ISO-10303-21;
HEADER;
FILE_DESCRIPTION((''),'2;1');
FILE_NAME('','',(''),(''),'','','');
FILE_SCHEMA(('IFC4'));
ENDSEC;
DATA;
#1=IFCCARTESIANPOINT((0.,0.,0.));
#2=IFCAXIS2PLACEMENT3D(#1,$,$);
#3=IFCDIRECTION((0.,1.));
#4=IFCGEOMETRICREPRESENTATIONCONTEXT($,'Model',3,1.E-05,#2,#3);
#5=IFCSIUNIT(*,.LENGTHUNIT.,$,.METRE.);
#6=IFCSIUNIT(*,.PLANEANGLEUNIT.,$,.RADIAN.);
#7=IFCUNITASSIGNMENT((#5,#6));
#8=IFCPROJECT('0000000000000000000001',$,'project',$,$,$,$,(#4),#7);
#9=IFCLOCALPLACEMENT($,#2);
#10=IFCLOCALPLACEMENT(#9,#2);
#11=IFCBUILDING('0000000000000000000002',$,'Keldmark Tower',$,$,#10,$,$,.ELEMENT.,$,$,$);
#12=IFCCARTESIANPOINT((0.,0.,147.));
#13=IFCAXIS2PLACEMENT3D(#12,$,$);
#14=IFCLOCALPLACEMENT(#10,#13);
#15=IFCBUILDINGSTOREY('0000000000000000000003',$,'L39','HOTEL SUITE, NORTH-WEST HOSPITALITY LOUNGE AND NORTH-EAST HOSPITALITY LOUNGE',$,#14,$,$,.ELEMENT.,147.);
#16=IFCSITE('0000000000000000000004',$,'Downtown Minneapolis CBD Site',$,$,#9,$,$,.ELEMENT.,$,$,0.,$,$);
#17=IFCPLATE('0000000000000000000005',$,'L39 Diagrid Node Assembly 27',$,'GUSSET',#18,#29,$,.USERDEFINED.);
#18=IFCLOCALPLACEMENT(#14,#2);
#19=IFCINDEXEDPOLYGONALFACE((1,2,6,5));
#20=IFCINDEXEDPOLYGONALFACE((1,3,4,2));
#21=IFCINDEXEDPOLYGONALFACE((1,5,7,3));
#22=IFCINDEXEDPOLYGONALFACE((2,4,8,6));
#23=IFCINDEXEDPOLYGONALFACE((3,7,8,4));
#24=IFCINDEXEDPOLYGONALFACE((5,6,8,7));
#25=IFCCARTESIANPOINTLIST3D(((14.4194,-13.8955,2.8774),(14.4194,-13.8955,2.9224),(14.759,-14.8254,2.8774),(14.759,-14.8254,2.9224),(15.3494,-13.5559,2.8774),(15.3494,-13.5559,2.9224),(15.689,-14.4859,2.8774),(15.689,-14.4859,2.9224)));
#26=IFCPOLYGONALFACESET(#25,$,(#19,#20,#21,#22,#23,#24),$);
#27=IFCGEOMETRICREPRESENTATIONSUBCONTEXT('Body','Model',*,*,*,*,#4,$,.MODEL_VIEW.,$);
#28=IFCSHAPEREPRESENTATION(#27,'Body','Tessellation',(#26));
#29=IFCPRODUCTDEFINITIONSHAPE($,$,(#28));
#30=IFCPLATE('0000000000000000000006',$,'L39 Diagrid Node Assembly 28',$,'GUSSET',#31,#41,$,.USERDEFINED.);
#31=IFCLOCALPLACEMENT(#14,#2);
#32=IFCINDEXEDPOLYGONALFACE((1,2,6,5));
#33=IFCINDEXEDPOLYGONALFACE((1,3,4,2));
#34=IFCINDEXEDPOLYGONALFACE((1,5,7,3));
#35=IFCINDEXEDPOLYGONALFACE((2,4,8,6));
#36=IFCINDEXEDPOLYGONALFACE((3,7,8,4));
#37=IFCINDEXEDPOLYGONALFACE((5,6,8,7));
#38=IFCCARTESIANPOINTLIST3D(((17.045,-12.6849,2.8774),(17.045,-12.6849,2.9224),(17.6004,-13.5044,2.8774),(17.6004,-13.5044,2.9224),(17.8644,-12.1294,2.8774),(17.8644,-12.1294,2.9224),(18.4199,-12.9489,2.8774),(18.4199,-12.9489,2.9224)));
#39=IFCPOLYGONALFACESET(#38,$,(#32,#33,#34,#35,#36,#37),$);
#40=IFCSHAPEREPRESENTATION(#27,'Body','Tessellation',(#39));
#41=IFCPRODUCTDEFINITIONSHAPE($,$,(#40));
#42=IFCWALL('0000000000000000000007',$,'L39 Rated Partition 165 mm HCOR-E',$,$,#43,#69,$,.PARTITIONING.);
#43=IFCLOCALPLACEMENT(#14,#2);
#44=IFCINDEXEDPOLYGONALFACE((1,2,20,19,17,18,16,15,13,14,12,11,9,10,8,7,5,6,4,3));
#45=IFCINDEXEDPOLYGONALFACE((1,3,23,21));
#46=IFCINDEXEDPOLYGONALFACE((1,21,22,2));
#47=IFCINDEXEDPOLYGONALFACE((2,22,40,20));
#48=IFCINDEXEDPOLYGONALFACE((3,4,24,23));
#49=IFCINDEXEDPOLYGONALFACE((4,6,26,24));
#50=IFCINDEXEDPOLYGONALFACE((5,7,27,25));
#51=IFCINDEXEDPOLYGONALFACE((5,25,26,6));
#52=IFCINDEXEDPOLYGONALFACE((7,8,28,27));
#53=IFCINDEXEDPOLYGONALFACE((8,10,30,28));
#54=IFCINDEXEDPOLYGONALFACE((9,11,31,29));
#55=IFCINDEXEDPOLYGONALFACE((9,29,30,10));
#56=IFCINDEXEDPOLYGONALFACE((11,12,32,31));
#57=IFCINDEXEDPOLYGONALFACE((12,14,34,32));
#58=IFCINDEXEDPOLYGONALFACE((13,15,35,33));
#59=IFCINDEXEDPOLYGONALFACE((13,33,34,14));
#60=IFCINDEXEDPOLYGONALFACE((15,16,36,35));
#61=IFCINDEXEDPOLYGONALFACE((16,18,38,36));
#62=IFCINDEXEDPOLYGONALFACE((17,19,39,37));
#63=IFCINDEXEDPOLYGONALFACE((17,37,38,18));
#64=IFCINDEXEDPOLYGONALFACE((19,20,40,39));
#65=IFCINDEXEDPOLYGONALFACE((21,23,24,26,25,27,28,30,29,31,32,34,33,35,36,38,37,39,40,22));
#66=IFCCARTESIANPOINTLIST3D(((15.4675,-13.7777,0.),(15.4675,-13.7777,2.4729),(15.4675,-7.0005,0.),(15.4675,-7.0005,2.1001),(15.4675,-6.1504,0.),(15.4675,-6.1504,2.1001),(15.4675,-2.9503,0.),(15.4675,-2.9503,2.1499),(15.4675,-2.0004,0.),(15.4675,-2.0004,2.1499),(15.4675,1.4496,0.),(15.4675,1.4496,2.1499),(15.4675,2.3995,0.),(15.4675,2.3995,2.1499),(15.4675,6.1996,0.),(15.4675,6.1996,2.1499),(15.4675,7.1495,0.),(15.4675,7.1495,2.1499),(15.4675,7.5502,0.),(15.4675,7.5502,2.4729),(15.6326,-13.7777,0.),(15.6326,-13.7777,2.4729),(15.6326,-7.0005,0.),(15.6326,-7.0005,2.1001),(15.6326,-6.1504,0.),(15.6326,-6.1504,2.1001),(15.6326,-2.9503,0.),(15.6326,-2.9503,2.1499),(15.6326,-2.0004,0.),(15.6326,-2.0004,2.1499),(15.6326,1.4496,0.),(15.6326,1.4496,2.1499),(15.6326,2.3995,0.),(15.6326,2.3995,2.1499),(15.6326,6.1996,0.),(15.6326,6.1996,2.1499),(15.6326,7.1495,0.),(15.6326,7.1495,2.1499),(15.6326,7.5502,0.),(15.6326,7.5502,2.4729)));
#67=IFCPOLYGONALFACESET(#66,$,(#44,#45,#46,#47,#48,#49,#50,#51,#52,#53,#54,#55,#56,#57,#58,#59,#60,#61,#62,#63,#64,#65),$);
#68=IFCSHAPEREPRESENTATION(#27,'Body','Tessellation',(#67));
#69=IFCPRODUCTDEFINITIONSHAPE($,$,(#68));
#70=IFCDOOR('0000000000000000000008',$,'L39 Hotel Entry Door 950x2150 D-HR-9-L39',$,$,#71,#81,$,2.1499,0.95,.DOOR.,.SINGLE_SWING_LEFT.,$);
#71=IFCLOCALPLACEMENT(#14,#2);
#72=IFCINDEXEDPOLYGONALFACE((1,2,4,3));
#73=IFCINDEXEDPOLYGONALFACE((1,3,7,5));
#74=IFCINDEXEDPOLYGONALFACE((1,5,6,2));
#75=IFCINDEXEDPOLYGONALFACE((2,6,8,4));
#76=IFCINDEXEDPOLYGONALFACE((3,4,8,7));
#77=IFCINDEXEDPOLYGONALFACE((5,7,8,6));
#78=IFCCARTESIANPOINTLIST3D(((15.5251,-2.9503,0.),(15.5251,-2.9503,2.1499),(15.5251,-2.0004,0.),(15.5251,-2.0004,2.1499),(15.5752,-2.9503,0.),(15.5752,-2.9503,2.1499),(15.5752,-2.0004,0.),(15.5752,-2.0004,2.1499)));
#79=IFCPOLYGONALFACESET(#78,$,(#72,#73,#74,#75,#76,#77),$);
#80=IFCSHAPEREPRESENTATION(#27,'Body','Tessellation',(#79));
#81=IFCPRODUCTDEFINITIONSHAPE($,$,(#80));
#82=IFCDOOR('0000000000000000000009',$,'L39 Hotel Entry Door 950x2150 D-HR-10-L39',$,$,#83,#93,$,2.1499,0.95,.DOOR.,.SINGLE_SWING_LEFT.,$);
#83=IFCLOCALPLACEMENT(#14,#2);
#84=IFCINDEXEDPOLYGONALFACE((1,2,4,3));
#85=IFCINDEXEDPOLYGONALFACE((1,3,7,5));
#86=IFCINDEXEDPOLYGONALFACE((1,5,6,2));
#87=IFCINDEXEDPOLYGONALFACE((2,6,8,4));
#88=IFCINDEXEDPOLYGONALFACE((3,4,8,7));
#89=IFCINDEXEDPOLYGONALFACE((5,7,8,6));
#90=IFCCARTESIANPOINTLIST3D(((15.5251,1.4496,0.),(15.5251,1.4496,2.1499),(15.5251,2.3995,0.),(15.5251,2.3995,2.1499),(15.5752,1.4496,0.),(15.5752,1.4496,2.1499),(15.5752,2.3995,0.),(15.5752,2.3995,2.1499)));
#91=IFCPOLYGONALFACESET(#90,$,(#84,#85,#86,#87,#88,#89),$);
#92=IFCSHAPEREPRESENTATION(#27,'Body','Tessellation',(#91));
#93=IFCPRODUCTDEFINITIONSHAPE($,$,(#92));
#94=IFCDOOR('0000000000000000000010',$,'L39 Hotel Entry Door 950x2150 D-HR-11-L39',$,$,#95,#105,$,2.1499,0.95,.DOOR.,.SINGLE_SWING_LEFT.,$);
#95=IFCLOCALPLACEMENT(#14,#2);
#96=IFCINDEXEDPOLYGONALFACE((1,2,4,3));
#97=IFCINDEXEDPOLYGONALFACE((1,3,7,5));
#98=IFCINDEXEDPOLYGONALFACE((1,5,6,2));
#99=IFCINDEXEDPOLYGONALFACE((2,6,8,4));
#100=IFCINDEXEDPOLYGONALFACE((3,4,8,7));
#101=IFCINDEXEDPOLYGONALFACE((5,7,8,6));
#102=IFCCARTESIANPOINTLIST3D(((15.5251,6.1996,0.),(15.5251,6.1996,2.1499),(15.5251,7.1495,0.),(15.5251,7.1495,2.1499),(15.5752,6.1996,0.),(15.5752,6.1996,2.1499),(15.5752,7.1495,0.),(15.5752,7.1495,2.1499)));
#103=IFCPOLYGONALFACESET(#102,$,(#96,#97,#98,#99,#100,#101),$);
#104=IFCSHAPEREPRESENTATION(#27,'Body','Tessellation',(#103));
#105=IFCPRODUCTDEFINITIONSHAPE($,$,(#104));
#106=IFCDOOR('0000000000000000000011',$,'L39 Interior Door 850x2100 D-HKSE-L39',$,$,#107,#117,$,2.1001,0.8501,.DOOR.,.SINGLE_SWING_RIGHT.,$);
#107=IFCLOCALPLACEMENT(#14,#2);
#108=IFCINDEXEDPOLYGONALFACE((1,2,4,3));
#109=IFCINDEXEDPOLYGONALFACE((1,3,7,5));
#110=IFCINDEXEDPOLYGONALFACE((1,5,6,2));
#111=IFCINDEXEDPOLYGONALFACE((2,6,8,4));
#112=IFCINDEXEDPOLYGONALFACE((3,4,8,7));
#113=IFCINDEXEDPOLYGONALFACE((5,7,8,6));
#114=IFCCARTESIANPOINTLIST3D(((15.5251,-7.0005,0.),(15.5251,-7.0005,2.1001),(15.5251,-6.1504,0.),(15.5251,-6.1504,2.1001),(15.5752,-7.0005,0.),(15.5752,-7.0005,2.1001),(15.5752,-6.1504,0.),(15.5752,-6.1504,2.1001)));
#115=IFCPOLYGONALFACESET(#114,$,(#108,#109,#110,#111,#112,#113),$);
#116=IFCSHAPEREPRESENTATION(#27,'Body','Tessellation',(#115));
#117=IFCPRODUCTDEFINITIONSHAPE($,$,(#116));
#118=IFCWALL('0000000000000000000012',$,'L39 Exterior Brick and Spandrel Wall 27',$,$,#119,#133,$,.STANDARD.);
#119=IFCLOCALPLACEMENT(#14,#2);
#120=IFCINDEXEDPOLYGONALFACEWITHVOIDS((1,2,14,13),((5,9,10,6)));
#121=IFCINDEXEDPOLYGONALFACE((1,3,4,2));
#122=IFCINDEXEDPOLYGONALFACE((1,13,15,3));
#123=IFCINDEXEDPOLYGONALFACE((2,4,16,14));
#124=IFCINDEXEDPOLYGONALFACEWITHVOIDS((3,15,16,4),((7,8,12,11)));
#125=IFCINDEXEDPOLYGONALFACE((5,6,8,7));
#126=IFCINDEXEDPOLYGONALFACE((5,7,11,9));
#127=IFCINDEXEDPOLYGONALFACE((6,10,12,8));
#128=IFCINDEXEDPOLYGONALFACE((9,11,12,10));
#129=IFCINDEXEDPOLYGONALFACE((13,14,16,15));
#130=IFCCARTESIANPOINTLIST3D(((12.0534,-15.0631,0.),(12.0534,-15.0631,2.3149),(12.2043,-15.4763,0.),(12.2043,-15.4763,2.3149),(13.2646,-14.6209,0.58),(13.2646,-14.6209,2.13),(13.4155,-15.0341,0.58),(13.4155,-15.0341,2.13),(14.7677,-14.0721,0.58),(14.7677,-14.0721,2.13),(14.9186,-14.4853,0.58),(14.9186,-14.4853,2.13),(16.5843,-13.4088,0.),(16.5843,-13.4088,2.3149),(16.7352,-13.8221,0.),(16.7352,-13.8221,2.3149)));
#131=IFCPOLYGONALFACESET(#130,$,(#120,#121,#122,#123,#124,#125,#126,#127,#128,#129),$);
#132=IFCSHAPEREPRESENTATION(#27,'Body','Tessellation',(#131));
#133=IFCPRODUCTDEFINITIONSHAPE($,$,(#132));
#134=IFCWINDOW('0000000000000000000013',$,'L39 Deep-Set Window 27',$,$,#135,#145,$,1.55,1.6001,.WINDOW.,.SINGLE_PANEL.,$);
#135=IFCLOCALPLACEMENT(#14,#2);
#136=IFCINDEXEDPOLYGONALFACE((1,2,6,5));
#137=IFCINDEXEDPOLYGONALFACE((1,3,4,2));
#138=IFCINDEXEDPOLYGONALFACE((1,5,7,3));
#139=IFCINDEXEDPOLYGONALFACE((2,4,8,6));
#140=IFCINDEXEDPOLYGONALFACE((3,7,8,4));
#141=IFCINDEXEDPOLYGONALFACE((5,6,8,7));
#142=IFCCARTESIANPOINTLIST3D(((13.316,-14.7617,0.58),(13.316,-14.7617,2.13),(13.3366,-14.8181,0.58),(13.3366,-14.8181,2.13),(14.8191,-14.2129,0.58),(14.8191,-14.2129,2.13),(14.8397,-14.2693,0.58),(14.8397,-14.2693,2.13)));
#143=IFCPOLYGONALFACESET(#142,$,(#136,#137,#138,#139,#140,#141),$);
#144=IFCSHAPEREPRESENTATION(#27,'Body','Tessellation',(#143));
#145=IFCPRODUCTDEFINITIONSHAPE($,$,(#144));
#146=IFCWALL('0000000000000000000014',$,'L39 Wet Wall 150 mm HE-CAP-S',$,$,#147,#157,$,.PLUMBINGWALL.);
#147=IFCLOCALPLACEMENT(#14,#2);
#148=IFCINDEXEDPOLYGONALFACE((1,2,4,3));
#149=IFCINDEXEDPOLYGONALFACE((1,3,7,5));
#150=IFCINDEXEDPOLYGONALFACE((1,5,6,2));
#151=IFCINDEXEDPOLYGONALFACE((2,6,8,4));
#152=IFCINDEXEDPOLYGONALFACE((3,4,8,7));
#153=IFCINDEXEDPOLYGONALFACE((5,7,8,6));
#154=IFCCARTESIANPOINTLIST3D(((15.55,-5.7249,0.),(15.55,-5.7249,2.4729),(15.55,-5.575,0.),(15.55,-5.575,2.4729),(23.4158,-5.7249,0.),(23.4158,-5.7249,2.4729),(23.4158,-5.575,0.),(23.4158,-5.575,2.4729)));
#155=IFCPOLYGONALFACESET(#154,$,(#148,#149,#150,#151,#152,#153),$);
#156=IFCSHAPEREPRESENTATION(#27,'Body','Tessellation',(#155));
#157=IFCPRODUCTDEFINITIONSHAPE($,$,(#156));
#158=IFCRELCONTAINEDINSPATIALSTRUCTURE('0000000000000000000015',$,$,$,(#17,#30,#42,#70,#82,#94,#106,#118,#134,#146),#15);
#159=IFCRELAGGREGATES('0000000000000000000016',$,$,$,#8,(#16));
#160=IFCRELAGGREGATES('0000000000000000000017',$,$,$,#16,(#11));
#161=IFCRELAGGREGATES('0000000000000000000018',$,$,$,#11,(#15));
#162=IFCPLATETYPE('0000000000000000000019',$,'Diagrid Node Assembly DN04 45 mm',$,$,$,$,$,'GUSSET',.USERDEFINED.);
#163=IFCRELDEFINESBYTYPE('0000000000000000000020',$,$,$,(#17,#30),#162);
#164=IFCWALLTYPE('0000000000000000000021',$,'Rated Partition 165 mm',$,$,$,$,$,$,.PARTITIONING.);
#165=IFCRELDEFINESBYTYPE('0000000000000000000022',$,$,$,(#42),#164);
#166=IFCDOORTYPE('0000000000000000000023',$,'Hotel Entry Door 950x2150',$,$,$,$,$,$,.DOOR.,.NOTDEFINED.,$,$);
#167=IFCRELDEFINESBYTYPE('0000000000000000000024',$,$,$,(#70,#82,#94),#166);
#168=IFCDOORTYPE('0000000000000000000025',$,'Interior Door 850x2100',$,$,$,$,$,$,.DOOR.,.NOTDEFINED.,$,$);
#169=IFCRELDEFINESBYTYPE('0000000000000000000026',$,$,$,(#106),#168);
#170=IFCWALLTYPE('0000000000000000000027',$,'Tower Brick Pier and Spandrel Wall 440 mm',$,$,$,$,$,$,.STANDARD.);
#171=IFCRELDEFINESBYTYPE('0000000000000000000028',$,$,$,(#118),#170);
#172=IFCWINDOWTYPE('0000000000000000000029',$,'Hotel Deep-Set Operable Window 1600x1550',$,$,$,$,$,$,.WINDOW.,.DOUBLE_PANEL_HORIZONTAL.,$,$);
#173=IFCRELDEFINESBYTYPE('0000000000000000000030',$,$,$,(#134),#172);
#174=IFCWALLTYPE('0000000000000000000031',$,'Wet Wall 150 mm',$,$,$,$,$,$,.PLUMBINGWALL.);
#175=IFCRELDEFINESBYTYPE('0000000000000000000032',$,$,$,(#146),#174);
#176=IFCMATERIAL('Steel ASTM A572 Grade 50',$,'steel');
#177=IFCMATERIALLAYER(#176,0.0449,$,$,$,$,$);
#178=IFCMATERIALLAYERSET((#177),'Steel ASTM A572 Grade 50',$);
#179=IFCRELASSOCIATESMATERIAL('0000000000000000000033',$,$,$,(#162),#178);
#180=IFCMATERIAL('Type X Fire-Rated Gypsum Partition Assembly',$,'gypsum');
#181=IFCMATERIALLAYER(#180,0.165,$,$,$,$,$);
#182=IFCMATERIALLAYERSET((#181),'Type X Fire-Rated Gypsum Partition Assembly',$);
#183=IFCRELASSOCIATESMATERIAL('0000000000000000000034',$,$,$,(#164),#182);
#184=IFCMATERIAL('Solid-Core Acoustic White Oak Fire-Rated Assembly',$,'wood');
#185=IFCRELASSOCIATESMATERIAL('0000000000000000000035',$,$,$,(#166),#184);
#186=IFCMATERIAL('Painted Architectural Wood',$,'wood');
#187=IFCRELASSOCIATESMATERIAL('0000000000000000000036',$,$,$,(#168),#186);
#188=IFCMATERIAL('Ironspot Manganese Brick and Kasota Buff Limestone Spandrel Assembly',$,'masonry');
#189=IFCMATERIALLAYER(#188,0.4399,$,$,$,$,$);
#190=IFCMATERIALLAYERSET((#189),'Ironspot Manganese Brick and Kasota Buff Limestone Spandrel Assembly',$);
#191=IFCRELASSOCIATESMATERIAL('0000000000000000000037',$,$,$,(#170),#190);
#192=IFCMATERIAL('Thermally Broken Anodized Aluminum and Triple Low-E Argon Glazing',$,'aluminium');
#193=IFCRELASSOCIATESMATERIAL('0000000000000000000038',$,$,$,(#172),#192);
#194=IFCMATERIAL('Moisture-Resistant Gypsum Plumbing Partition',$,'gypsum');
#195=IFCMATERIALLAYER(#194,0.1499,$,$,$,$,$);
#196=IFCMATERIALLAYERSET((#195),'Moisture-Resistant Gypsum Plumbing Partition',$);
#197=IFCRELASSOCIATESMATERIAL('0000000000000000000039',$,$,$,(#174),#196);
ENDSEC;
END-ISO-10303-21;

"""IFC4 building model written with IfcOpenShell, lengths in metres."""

from ifc_helpers import new_model, si_unit, direction, frame, frame_2d, origin, origin_2d, place, context, subcontext, project, spatial, rectangle, extrude, material, layer, layer_set, type_object, element, fill, save


model = new_model("IFC4")

# Units and contexts
model_context = context("Model", 3, precision=1e-05, world=origin(), true_north=direction((0.0, 1.0)))
body_context = subcontext(model_context, "Body", "Model", "MODEL_VIEW")
ifc_project = project(units=[si_unit("LENGTHUNIT", "METRE"), si_unit("PLANEANGLEUNIT", "RADIAN")], contexts=[model_context])

# Site, building, storey
site_placement = place(None, origin())
site = spatial("IfcSite", under=ifc_project, at=site_placement, Name="Downtown Minneapolis CBD Site", CompositionType="ELEMENT", RefElevation=0.0)
building_placement = place(site_placement, origin())
building = spatial("IfcBuilding", under=site, at=building_placement, Name="Keldmark Tower", CompositionType="ELEMENT")
storey_placement = place(building_placement, frame((0.0, 0.0, 147.0)))
storey = spatial("IfcBuildingStorey", under=building, at=storey_placement, Name="L39", Description="HOTEL SUITE, NORTH-WEST HOSPITALITY LOUNGE AND NORTH-EAST HOSPITALITY LOUNGE", CompositionType="ELEMENT", Elevation=147.0)

# Plates
ifc_material_1 = material(Name="Steel ASTM A572 Grade 50", Category="steel")
ifc_layer_1 = layer(ifc_material_1, 0.0449)
ifc_layer_set_1 = layer_set([ifc_layer_1], Name="Steel ASTM A572 Grade 50")
plate_type = type_object("IfcPlateType", Name="Diagrid Node Assembly DN04 45 mm", ElementType="GUSSET", PredefinedType="USERDEFINED", material=ifc_layer_set_1)
for number, where, z_axis, x_axis, name in (
    (1, (15.0542, -14.1907, 2.8774), (0.0, 0.0, 1.0), (0.939334, 0.343004, 0.0), "L39 Diagrid Node Assembly 27"),
    (2, (17.7324, -12.8169, 2.8774), (0.0, 0.0, 1.0), (0.827767, 0.561072, 0.0), "L39 Diagrid Node Assembly 28"),
):
    element("IfcPlate", number, at=place(storey_placement, frame(where, z_axis=z_axis, x_axis=x_axis)), inside=storey, type_object=plate_type, Name=name, ObjectType="GUSSET", PredefinedType="USERDEFINED", context=body_context, shape_type="SweptSolid", body=[
        extrude(rectangle(XDim=0.99, YDim=0.99, at=origin_2d()), origin(), (0.0, 0.0, 1.0), 0.0449),
    ])

# Wall, openings, doors
ifc_material_2 = material(Name="Type X Fire-Rated Gypsum Partition Assembly", Category="gypsum")
ifc_layer_2 = layer(ifc_material_2, 0.165)
ifc_layer_set_2 = layer_set([ifc_layer_2], Name="Type X Fire-Rated Gypsum Partition Assembly")
wall_type_1 = type_object("IfcWallType", Name="Rated Partition 165 mm", PredefinedType="PARTITIONING", material=ifc_layer_set_2)
wall_1_placement = place(storey_placement, frame((15.55, -13.7778, 0.0), z_axis=(0.0, 0.0, 1.0), x_axis=(0.0, 1.0, 0.0)))
wall_1 = element("IfcWall", 3, at=wall_1_placement, inside=storey, type_object=wall_type_1, Name="L39 Rated Partition 165 mm HCOR-E", PredefinedType="PARTITIONING", context=body_context, shape_type="SweptSolid", body=[
    extrude(rectangle(XDim=21.3279, YDim=0.165, at=frame_2d((10.6641, 0.0))), origin(), (0.0, 0.0, 1.0), 2.4729),
])
opening_1_placement = place(wall_1_placement, frame((6.7773, 0.0, 0.0)))
opening_1 = element("IfcOpeningElement", 4, at=opening_1_placement, cuts=wall_1, PredefinedType="OPENING", context=body_context, shape_type="SweptSolid", body=[
    extrude(rectangle(XDim=0.8501, YDim=2.1001, at=frame_2d((0.425, 1.05))), frame((0.0, 0.0925, 0.0), z_axis=(0.0, -1.0, 0.0), x_axis=(1.0, 0.0, 0.0)), (0.0, 0.0, 1.0), 0.1851),
])
opening_2_placement = place(wall_1_placement, frame((10.8274, 0.0, 0.0)))
opening_2 = element("IfcOpeningElement", 5, at=opening_2_placement, cuts=wall_1, PredefinedType="OPENING", context=body_context, shape_type="SweptSolid", body=[
    extrude(rectangle(XDim=0.95, YDim=2.1499, at=frame_2d((0.4751, 1.075))), frame((0.0, 0.0925, 0.0), z_axis=(0.0, -1.0, 0.0), x_axis=(1.0, 0.0, 0.0)), (0.0, 0.0, 1.0), 0.1851),
])
opening_3_placement = place(wall_1_placement, frame((15.2273, 0.0, 0.0)))
opening_3 = element("IfcOpeningElement", 6, at=opening_3_placement, cuts=wall_1, PredefinedType="OPENING", context=body_context, shape_type="SweptSolid", body=[
    extrude(rectangle(XDim=0.95, YDim=2.1499, at=frame_2d((0.4751, 1.075))), frame((0.0, 0.0925, 0.0), z_axis=(0.0, -1.0, 0.0), x_axis=(1.0, 0.0, 0.0)), (0.0, 0.0, 1.0), 0.1851),
])
opening_4_placement = place(wall_1_placement, frame((19.9773, 0.0, 0.0)))
opening_4 = element("IfcOpeningElement", 7, at=opening_4_placement, cuts=wall_1, PredefinedType="OPENING", context=body_context, shape_type="SweptSolid", body=[
    extrude(rectangle(XDim=0.95, YDim=2.1499, at=frame_2d((0.4751, 1.075))), frame((0.0, 0.0925, 0.0), z_axis=(0.0, -1.0, 0.0), x_axis=(1.0, 0.0, 0.0)), (0.0, 0.0, 1.0), 0.1851),
])
ifc_material_3 = material(Name="Solid-Core Acoustic White Oak Fire-Rated Assembly", Category="wood")
door_type_1 = type_object("IfcDoorType", Name="Hotel Entry Door 950x2150", OperationType="NOTDEFINED", PredefinedType="DOOR", material=ifc_material_3)
door_1_placement = place(opening_2_placement, origin())
door_1 = element("IfcDoor", 8, at=door_1_placement, inside=storey, type_object=door_type_1, Name="L39 Hotel Entry Door 950x2150 D-HR-9-L39", OperationType="SINGLE_SWING_LEFT", OverallHeight=2.1499, OverallWidth=0.95, PredefinedType="DOOR", context=body_context, shape_type="SweptSolid", body=[
    extrude(rectangle(XDim=0.95, YDim=2.1499, at=frame_2d((0.4751, 1.075))), frame((0.0, 0.0249, 0.0), z_axis=(0.0, -1.0, 0.0), x_axis=(1.0, 0.0, 0.0)), (0.0, 0.0, 1.0), 0.05),
])
fill(opening_2, door_1)
door_2_placement = place(opening_3_placement, origin())
door_2 = element("IfcDoor", 9, at=door_2_placement, inside=storey, type_object=door_type_1, Name="L39 Hotel Entry Door 950x2150 D-HR-10-L39", OperationType="SINGLE_SWING_LEFT", OverallHeight=2.1499, OverallWidth=0.95, PredefinedType="DOOR", context=body_context, shape_type="SweptSolid", body=[
    extrude(rectangle(XDim=0.95, YDim=2.1499, at=frame_2d((0.4751, 1.075))), frame((0.0, 0.0249, 0.0), z_axis=(0.0, -1.0, 0.0), x_axis=(1.0, 0.0, 0.0)), (0.0, 0.0, 1.0), 0.05),
])
fill(opening_3, door_2)
door_3_placement = place(opening_4_placement, origin())
door_3 = element("IfcDoor", 10, at=door_3_placement, inside=storey, type_object=door_type_1, Name="L39 Hotel Entry Door 950x2150 D-HR-11-L39", OperationType="SINGLE_SWING_LEFT", OverallHeight=2.1499, OverallWidth=0.95, PredefinedType="DOOR", context=body_context, shape_type="SweptSolid", body=[
    extrude(rectangle(XDim=0.95, YDim=2.1499, at=frame_2d((0.4751, 1.075))), frame((0.0, 0.0249, 0.0), z_axis=(0.0, -1.0, 0.0), x_axis=(1.0, 0.0, 0.0)), (0.0, 0.0, 1.0), 0.05),
])
fill(opening_4, door_3)
ifc_material_4 = material(Name="Painted Architectural Wood", Category="wood")
door_type_2 = type_object("IfcDoorType", Name="Interior Door 850x2100", OperationType="NOTDEFINED", PredefinedType="DOOR", material=ifc_material_4)
door_4_placement = place(opening_1_placement, origin())
door_4 = element("IfcDoor", 11, at=door_4_placement, inside=storey, type_object=door_type_2, Name="L39 Interior Door 850x2100 D-HKSE-L39", OperationType="SINGLE_SWING_RIGHT", OverallHeight=2.1001, OverallWidth=0.8501, PredefinedType="DOOR", context=body_context, shape_type="SweptSolid", body=[
    extrude(rectangle(XDim=0.8501, YDim=2.1001, at=frame_2d((0.425, 1.05))), frame((0.0, 0.0249, 0.0), z_axis=(0.0, -1.0, 0.0), x_axis=(1.0, 0.0, 0.0)), (0.0, 0.0, 1.0), 0.05),
])
fill(opening_1, door_4)

# Wall, opening, window
ifc_material_5 = material(Name="Ironspot Manganese Brick and Kasota Buff Limestone Spandrel Assembly", Category="masonry")
ifc_layer_3 = layer(ifc_material_5, 0.4399)
ifc_layer_set_3 = layer_set([ifc_layer_3], Name="Ironspot Manganese Brick and Kasota Buff Limestone Spandrel Assembly")
wall_type_2 = type_object("IfcWallType", Name="Tower Brick Pier and Spandrel Wall 440 mm", PredefinedType="STANDARD", material=ifc_layer_set_3)
wall_2_placement = place(storey_placement, frame((16.6597, -13.6155, 0.0), z_axis=(0.0, 0.0, 1.0), x_axis=(-0.939349, -0.342962, 0.0)))
wall_2 = element("IfcWall", 12, at=wall_2_placement, inside=storey, type_object=wall_type_2, Name="L39 Exterior Brick and Spandrel Wall 27", PredefinedType="STANDARD", context=body_context, shape_type="SweptSolid", body=[
    extrude(rectangle(XDim=4.8235, YDim=0.4399, at=frame_2d((2.4116, 0.0))), origin(), (0.0, 0.0, 1.0), 2.3149),
])
opening_5_placement = place(wall_2_placement, frame((1.9338, 0.0, 0.5801)))
opening_5 = element("IfcOpeningElement", 13, at=opening_5_placement, cuts=wall_2, PredefinedType="OPENING", context=body_context, shape_type="SweptSolid", body=[
    extrude(rectangle(XDim=1.6001, YDim=1.55, at=frame_2d((0.8, 0.7749))), frame((0.0, 0.23, 0.0), z_axis=(0.0, -1.0, 0.0), x_axis=(1.0, 0.0, 0.0)), (0.0, 0.0, 1.0), 0.46),
])
ifc_material_6 = material(Name="Thermally Broken Anodized Aluminum and Triple Low-E Argon Glazing", Category="aluminium")
window_type = type_object("IfcWindowType", Name="Hotel Deep-Set Operable Window 1600x1550", PartitioningType="DOUBLE_PANEL_HORIZONTAL", PredefinedType="WINDOW", material=ifc_material_6)
window_placement = place(opening_5_placement, origin())
window = element("IfcWindow", 14, at=window_placement, inside=storey, type_object=window_type, Name="L39 Deep-Set Window 27", OverallHeight=1.55, OverallWidth=1.6001, PartitioningType="SINGLE_PANEL", PredefinedType="WINDOW", context=body_context, shape_type="SweptSolid", body=[
    extrude(rectangle(XDim=1.6001, YDim=1.55, at=frame_2d((0.8, 0.7749))), frame((0.0, -0.01, 0.0), z_axis=(0.0, -1.0, 0.0), x_axis=(1.0, 0.0, 0.0)), (0.0, 0.0, 1.0), 0.0601),
])
fill(opening_5, window)

# Wall
ifc_material_7 = material(Name="Moisture-Resistant Gypsum Plumbing Partition", Category="gypsum")
ifc_layer_4 = layer(ifc_material_7, 0.1499)
ifc_layer_set_4 = layer_set([ifc_layer_4], Name="Moisture-Resistant Gypsum Plumbing Partition")
wall_type_3 = type_object("IfcWallType", Name="Wet Wall 150 mm", PredefinedType="PLUMBINGWALL", material=ifc_layer_set_4)
wall_3_placement = place(storey_placement, frame((15.55, -5.6499, 0.0), z_axis=(0.0, 0.0, 1.0), x_axis=(1.0, 0.0, 0.0)))
element("IfcWall", 15, at=wall_3_placement, inside=storey, type_object=wall_type_3, Name="L39 Wet Wall 150 mm HE-CAP-S", PredefinedType="PLUMBINGWALL", context=body_context, shape_type="SweptSolid", body=[
    extrude(rectangle(XDim=7.8657, YDim=0.1499, at=frame_2d((3.9329, 0.0))), origin(), (0.0, 0.0, 1.0), 2.4729),
])

save(model, "model.ifc")
